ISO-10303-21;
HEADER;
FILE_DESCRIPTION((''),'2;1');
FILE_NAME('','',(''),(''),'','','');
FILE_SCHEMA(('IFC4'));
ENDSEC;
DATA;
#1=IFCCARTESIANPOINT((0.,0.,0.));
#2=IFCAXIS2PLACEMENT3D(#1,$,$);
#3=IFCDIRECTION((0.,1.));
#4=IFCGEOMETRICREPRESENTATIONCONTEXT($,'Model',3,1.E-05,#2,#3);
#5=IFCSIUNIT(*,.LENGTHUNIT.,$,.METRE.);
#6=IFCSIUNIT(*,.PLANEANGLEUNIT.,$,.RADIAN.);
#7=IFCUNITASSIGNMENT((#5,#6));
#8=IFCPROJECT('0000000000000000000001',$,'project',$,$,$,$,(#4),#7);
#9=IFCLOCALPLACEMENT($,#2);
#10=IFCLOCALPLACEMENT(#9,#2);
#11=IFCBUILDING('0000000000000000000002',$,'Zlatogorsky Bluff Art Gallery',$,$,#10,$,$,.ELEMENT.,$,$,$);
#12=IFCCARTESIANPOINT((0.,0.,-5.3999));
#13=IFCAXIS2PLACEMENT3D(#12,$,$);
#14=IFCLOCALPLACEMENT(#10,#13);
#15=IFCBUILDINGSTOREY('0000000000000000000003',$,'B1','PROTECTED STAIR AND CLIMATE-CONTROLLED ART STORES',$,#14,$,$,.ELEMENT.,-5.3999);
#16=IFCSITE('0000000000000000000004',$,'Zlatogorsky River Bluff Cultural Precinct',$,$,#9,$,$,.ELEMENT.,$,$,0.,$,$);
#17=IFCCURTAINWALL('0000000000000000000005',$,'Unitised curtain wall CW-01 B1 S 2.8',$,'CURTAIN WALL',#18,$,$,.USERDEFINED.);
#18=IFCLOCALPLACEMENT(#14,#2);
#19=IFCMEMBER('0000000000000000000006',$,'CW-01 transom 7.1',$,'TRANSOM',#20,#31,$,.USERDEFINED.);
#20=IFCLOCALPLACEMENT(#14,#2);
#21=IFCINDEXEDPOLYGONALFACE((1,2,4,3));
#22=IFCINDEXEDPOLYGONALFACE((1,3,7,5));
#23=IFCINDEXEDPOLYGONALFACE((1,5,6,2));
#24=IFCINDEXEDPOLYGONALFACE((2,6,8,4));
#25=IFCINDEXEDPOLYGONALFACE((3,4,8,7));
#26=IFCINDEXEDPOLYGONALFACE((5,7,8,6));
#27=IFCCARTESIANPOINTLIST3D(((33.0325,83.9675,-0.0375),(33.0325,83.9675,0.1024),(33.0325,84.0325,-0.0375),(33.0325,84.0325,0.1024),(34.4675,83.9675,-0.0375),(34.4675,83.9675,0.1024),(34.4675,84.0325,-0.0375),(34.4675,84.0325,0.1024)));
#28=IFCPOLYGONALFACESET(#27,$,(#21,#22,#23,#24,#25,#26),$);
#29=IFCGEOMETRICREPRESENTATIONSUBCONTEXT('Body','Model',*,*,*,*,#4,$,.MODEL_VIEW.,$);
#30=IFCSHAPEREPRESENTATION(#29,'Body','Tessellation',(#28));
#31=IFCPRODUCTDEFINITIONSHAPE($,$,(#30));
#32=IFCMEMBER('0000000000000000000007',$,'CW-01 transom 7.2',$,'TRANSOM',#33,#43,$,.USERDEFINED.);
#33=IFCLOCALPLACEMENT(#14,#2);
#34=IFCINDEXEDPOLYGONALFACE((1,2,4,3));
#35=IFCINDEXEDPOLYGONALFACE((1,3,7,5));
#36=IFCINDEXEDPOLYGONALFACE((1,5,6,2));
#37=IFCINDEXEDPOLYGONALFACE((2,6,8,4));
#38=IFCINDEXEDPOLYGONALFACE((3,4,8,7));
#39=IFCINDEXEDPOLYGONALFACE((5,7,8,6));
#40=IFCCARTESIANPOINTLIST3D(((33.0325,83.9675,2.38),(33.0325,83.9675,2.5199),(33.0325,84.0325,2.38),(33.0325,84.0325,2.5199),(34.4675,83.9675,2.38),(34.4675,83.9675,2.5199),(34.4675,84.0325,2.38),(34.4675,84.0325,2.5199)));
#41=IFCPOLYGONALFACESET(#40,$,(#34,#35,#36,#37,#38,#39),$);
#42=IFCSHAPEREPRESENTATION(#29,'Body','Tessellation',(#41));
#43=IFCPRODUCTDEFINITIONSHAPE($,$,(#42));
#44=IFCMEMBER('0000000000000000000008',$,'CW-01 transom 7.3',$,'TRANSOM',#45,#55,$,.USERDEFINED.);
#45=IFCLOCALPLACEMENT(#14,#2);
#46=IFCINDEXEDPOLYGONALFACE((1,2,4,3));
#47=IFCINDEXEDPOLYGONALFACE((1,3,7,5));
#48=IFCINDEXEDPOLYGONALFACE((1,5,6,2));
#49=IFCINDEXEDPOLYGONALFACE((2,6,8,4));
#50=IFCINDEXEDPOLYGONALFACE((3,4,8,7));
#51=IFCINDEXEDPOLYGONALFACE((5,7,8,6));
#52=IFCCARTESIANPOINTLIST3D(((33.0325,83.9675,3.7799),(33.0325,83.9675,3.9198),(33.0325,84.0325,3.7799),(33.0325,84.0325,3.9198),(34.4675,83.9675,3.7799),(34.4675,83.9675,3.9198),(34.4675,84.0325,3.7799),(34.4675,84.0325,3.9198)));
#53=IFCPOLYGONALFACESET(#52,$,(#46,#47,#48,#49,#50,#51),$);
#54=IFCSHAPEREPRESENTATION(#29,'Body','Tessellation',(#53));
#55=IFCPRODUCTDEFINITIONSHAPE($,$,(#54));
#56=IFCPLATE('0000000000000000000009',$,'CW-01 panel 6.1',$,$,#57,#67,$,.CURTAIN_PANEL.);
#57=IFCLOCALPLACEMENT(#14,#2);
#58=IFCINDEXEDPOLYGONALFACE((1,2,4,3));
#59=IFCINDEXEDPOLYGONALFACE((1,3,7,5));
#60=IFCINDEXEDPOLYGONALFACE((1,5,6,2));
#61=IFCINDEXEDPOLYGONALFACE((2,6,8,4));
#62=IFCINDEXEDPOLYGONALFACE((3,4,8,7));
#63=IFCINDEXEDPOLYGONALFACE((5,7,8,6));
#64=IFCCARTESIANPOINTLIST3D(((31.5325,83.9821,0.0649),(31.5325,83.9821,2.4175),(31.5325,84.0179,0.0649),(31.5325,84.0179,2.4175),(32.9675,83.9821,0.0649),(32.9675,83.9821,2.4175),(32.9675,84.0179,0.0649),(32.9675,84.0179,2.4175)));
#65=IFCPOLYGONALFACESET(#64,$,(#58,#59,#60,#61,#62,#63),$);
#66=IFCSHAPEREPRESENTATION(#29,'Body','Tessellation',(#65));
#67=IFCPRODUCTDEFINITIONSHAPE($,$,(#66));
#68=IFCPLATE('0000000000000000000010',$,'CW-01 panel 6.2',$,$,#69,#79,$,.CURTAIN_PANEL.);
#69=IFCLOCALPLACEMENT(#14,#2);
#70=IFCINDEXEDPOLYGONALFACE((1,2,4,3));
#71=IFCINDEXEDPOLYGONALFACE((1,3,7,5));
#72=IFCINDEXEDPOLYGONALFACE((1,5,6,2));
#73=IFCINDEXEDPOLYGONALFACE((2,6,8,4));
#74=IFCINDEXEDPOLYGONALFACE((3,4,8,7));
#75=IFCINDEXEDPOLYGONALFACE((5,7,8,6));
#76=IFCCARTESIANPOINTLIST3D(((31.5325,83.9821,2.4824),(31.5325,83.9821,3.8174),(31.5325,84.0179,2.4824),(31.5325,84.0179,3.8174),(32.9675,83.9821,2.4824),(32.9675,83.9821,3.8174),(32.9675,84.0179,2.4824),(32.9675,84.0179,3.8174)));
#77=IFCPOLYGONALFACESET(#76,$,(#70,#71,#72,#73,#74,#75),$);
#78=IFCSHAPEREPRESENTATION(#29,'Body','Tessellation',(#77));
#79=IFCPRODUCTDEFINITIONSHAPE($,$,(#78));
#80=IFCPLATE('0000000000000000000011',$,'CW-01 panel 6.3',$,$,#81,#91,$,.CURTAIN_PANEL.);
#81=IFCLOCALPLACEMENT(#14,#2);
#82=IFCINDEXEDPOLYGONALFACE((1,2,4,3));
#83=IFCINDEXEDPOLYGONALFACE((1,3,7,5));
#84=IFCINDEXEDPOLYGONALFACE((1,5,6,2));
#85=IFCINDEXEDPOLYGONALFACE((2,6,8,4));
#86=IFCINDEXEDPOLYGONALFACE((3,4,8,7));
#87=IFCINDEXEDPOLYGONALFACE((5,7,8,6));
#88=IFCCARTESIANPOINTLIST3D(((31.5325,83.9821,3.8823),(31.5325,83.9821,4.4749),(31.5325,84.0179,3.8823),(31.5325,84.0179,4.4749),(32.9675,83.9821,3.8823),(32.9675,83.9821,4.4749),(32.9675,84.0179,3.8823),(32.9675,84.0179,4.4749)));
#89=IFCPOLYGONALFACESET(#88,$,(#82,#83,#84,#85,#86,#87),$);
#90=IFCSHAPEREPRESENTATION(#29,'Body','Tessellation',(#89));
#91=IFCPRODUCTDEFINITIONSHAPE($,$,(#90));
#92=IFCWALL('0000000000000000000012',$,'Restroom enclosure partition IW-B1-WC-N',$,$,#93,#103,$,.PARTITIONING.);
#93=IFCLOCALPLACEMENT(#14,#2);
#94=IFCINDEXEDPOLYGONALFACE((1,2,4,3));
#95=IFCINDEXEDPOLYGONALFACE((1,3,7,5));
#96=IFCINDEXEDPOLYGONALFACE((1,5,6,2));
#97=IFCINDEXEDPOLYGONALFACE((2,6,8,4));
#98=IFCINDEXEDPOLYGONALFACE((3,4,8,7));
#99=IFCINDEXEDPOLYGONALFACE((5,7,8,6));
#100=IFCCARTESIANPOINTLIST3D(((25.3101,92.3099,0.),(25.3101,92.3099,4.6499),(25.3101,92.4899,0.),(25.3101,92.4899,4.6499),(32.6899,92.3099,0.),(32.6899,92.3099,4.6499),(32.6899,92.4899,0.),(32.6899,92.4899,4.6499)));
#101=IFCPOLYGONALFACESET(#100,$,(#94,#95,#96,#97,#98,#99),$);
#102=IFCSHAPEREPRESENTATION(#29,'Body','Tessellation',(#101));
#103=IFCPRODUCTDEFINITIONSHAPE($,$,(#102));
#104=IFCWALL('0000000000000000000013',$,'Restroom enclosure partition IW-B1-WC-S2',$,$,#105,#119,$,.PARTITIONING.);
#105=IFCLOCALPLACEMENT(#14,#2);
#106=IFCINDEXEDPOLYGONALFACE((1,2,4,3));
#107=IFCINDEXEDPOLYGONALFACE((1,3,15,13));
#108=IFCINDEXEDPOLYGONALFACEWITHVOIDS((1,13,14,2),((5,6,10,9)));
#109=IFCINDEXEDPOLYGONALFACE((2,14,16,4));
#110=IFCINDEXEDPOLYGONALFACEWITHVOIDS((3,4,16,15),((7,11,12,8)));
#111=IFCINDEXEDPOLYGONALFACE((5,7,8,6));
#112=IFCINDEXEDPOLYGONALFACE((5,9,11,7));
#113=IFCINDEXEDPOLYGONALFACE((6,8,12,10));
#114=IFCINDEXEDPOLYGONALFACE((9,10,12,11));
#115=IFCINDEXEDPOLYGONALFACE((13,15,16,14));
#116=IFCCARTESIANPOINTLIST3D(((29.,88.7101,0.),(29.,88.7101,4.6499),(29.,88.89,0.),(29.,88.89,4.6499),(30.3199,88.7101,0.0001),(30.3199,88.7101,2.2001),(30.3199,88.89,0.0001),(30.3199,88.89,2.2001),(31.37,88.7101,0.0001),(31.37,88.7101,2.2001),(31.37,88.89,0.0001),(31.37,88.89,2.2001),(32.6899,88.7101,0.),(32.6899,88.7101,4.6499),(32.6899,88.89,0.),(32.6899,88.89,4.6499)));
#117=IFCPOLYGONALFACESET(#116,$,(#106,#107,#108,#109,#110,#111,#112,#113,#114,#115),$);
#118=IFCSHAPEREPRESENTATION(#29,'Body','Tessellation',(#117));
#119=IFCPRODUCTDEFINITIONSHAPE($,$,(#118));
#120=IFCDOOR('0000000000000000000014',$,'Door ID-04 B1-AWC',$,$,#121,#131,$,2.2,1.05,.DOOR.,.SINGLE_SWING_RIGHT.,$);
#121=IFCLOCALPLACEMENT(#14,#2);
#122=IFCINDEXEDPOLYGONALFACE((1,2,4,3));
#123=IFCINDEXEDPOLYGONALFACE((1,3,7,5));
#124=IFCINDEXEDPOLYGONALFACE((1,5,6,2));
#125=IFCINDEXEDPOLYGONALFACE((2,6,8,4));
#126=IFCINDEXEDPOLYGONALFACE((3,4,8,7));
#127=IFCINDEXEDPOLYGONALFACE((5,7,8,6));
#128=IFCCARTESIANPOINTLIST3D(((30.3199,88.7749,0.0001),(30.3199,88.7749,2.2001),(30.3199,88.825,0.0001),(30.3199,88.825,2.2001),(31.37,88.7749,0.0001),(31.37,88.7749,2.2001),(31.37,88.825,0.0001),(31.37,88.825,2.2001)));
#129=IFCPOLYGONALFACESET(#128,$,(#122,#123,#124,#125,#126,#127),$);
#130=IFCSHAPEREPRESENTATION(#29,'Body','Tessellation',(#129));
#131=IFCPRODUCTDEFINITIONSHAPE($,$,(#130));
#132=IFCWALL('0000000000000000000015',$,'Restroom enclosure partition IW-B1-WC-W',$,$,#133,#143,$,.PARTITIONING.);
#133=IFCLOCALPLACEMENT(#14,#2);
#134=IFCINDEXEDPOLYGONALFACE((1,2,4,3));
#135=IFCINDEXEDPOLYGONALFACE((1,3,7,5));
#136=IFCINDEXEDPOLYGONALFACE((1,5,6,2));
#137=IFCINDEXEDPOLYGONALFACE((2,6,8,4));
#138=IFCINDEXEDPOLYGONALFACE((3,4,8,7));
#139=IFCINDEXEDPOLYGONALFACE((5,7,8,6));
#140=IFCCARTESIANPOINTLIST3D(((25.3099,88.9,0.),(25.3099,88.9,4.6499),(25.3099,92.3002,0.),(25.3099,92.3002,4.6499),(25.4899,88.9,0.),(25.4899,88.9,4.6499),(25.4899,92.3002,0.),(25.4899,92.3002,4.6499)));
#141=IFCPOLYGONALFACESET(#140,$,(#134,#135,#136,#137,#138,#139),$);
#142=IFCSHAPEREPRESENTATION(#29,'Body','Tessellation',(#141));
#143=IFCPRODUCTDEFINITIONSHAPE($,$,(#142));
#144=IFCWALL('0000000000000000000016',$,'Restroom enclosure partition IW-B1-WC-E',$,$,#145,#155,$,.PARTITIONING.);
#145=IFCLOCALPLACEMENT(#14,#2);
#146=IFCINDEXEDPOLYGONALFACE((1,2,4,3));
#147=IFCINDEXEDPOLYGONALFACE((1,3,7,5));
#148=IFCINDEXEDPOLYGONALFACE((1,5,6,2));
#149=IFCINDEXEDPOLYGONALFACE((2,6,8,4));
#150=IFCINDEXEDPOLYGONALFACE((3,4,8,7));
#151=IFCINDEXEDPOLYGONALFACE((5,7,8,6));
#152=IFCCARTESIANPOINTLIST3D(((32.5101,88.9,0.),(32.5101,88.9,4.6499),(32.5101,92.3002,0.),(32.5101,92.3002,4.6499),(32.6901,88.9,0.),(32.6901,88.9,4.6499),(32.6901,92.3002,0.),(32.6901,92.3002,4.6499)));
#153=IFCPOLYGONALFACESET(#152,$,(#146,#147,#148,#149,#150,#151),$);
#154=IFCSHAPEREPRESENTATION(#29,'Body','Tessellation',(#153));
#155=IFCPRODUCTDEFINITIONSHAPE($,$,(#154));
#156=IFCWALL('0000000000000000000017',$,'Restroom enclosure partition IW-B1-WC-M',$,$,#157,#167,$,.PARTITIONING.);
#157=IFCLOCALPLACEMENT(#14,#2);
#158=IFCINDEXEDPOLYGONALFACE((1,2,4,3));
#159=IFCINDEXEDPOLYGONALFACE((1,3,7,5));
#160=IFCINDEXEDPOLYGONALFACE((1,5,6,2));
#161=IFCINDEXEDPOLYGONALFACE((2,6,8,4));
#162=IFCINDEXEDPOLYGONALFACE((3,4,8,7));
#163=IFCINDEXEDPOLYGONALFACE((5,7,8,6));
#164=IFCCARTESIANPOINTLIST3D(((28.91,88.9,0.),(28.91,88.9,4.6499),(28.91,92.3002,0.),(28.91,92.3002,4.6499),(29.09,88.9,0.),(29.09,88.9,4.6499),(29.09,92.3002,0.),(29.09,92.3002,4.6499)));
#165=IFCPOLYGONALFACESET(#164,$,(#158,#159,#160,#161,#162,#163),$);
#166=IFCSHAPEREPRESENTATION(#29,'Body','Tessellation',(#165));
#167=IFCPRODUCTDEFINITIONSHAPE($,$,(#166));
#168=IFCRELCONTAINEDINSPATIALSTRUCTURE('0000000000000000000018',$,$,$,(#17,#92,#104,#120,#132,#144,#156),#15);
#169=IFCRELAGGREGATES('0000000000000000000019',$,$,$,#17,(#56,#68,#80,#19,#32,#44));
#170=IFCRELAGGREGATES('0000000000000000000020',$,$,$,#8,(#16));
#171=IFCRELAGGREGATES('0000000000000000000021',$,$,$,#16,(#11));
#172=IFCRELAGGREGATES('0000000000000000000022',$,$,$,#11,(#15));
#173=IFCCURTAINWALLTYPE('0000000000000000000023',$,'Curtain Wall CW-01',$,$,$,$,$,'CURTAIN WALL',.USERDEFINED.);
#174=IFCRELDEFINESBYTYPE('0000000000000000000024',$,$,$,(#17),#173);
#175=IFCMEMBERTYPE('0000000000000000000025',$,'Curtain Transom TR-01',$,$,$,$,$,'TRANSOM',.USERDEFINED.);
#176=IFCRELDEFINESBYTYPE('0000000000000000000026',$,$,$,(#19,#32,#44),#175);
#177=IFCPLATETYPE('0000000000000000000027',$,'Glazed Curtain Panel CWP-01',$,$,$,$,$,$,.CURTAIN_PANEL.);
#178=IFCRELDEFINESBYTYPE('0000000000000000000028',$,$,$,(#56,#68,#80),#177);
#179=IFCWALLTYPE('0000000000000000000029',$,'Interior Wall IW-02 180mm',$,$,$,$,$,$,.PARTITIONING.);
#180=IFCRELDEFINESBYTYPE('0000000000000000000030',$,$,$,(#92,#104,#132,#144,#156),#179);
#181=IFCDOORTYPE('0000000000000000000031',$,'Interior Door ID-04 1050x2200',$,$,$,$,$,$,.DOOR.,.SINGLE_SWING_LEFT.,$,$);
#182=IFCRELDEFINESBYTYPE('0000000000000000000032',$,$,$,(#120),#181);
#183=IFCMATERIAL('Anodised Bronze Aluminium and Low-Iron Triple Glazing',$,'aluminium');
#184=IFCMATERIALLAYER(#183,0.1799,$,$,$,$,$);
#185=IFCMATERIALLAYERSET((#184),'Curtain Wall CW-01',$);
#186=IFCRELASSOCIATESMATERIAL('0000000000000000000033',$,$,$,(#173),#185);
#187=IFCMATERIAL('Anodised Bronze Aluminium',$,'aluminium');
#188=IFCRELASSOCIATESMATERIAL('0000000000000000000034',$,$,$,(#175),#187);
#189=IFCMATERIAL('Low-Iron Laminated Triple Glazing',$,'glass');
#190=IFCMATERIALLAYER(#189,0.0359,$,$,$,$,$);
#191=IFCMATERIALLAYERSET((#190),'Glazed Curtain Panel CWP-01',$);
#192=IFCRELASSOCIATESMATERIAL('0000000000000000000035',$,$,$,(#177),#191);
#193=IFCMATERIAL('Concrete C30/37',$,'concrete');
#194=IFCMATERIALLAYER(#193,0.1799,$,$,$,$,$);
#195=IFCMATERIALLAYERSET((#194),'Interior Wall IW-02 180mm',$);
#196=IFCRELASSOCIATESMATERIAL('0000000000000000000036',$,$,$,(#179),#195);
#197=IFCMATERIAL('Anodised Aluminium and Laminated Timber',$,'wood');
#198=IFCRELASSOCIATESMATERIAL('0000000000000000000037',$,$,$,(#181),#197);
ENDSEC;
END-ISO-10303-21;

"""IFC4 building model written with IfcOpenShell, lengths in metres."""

from ifc_helpers import new_model, si_unit, direction, frame, frame_2d, origin, origin_2d, place, context, subcontext, project, spatial, rectangle, extrude, material, layer, layer_set, material_profile, profile_set, type_object, element, fill, aggregate, save


model = new_model("IFC4")

# Units and contexts
model_context = context("Model", 3, precision=1e-05, world=origin(), true_north=direction((0.0, 1.0)))
body_context = subcontext(model_context, "Body", "Model", "MODEL_VIEW")
ifc_project = project(units=[si_unit("LENGTHUNIT", "METRE"), si_unit("PLANEANGLEUNIT", "RADIAN")], contexts=[model_context])

# Site, building, storey
site_placement = place(None, origin())
site = spatial("IfcSite", under=ifc_project, at=site_placement, Name="Zlatogorsky River Bluff Cultural Precinct", CompositionType="ELEMENT", RefElevation=0.0)
building_placement = place(site_placement, origin())
building = spatial("IfcBuilding", under=site, at=building_placement, Name="Zlatogorsky Bluff Art Gallery", CompositionType="ELEMENT")
storey_placement = place(building_placement, frame((0.0, 0.0, -5.3999)))
storey = spatial("IfcBuildingStorey", under=building, at=storey_placement, Name="B1", Description="PROTECTED STAIR AND CLIMATE-CONTROLLED ART STORES", CompositionType="ELEMENT", Elevation=-5.3999)

# Curtain wall, members, plates
ifc_material_1 = material(Name="Anodised Bronze Aluminium and Low-Iron Triple Glazing", Category="aluminium")
ifc_layer_1 = layer(ifc_material_1, 0.1799)
ifc_layer_set_1 = layer_set([ifc_layer_1], Name="Curtain Wall CW-01")
curtain_wall_type = type_object("IfcCurtainWallType", Name="Curtain Wall CW-01", ElementType="CURTAIN WALL", PredefinedType="USERDEFINED", material=ifc_layer_set_1)
curtain_wall_placement = place(storey_placement, origin())
curtain_wall = element("IfcCurtainWall", 1, at=curtain_wall_placement, inside=storey, type_object=curtain_wall_type, Name="Unitised curtain wall CW-01 B1 S 2.8", ObjectType="CURTAIN WALL", PredefinedType="USERDEFINED")
ifc_material_2 = material(Name="Anodised Bronze Aluminium", Category="aluminium")
ifc_material_profile_1 = material_profile(ifc_material_2, rectangle(XDim=0.0649, YDim=0.1399, at=origin_2d()), Name="ALU TRANSOM 65x140")
ifc_profile_set_1 = profile_set([ifc_material_profile_1], Name="Anodised Bronze Aluminium")
member_type_1 = type_object("IfcMemberType", Name="Curtain Transom TR-01", ElementType="TRANSOM", PredefinedType="USERDEFINED", material=ifc_profile_set_1)
member_1_placement = place(storey_placement, frame((33.0325, 84.0, 0.0325), z_axis=(1.0, 0.0, 0.0), x_axis=(0.0, 1.0, 0.0)))
member_1 = element("IfcMember", 2, at=member_1_placement, type_object=member_type_1, Name="CW-01 transom 7.1", ObjectType="TRANSOM", PredefinedType="USERDEFINED", context=body_context, shape_type="SweptSolid", body=[
    extrude(rectangle(XDim=0.0649, YDim=0.1399, at=origin_2d()), origin(), (0.0, 0.0, 1.0), 1.4351),
])
member_2_placement = place(storey_placement, frame((33.0325, 84.0, 2.45), z_axis=(1.0, 0.0, 0.0), x_axis=(0.0, 1.0, 0.0)))
member_2 = element("IfcMember", 3, at=member_2_placement, type_object=member_type_1, Name="CW-01 transom 7.2", ObjectType="TRANSOM", PredefinedType="USERDEFINED", context=body_context, shape_type="SweptSolid", body=[
    extrude(rectangle(XDim=0.0649, YDim=0.1399, at=origin_2d()), origin(), (0.0, 0.0, 1.0), 1.4351),
])
member_3_placement = place(storey_placement, frame((33.0325, 84.0, 3.8499), z_axis=(1.0, 0.0, 0.0), x_axis=(0.0, 1.0, 0.0)))
member_3 = element("IfcMember", 4, at=member_3_placement, type_object=member_type_1, Name="CW-01 transom 7.3", ObjectType="TRANSOM", PredefinedType="USERDEFINED", context=body_context, shape_type="SweptSolid", body=[
    extrude(rectangle(XDim=0.0649, YDim=0.1399, at=origin_2d()), origin(), (0.0, 0.0, 1.0), 1.4351),
])
ifc_material_3 = material(Name="Low-Iron Laminated Triple Glazing", Category="glass")
ifc_layer_2 = layer(ifc_material_3, 0.0359)
ifc_layer_set_2 = layer_set([ifc_layer_2], Name="Glazed Curtain Panel CWP-01")
plate_type = type_object("IfcPlateType", Name="Glazed Curtain Panel CWP-01", PredefinedType="CURTAIN_PANEL", material=ifc_layer_set_2)
plate_1_placement = place(storey_placement, frame((32.25, 84.0, 0.0649), z_axis=(0.0, 0.0, 1.0), x_axis=(1.0, 0.0, 0.0)))
plate_1 = element("IfcPlate", 5, at=plate_1_placement, type_object=plate_type, Name="CW-01 panel 6.1", PredefinedType="CURTAIN_PANEL", context=body_context, shape_type="SweptSolid", body=[
    extrude(rectangle(XDim=1.4351, YDim=0.0359, at=origin_2d()), origin(), (0.0, 0.0, 1.0), 2.3525),
])
plate_2_placement = place(storey_placement, frame((32.25, 84.0, 2.4824), z_axis=(0.0, 0.0, 1.0), x_axis=(1.0, 0.0, 0.0)))
plate_2 = element("IfcPlate", 6, at=plate_2_placement, type_object=plate_type, Name="CW-01 panel 6.2", PredefinedType="CURTAIN_PANEL", context=body_context, shape_type="SweptSolid", body=[
    extrude(rectangle(XDim=1.4351, YDim=0.0359, at=origin_2d()), origin(), (0.0, 0.0, 1.0), 1.335),
])
plate_3_placement = place(storey_placement, frame((32.25, 84.0, 3.8823), z_axis=(0.0, 0.0, 1.0), x_axis=(1.0, 0.0, 0.0)))
plate_3 = element("IfcPlate", 7, at=plate_3_placement, type_object=plate_type, Name="CW-01 panel 6.3", PredefinedType="CURTAIN_PANEL", context=body_context, shape_type="SweptSolid", body=[
    extrude(rectangle(XDim=1.4351, YDim=0.0359, at=origin_2d()), origin(), (0.0, 0.0, 1.0), 0.5925),
])
aggregate(curtain_wall, [plate_1, plate_2, plate_3, member_1, member_2, member_3])

# Wall
ifc_material_4 = material(Name="Concrete C30/37", Category="concrete")
ifc_layer_3 = layer(ifc_material_4, 0.1799)
ifc_layer_set_3 = layer_set([ifc_layer_3], Name="Interior Wall IW-02 180mm")
wall_type_1 = type_object("IfcWallType", Name="Interior Wall IW-02 180mm", PredefinedType="PARTITIONING", material=ifc_layer_set_3)
wall_1_placement = place(storey_placement, frame((25.3101, 92.3999, 0.0), z_axis=(0.0, 0.0, 1.0), x_axis=(1.0, 0.0, 0.0)))
element("IfcWall", 8, at=wall_1_placement, inside=storey, type_object=wall_type_1, Name="Restroom enclosure partition IW-B1-WC-N", PredefinedType="PARTITIONING", context=body_context, shape_type="SweptSolid", body=[
    extrude(rectangle(XDim=7.3799, YDim=0.1799, at=frame_2d((3.6899, 0.0))), origin(), (0.0, 0.0, 1.0), 4.6499),
])

# Wall, opening, door
ifc_material_5 = material(Name="Anodised Aluminium and Laminated Timber", Category="wood")
wall_2_placement = place(storey_placement, frame((29.0, 88.8, 0.0), z_axis=(0.0, 0.0, 1.0), x_axis=(1.0, 0.0, 0.0)))
wall_2 = element("IfcWall", 9, at=wall_2_placement, inside=storey, type_object=wall_type_1, Name="Restroom enclosure partition IW-B1-WC-S2", PredefinedType="PARTITIONING", context=body_context, shape_type="SweptSolid", body=[
    extrude(rectangle(XDim=3.6899, YDim=0.1799, at=frame_2d((1.845, 0.0))), origin(), (0.0, 0.0, 1.0), 4.6499),
])
opening_1_placement = place(wall_2_placement, frame((1.3201, 0.0, 0.0)))
opening_1 = element("IfcOpeningElement", 10, at=opening_1_placement, cuts=wall_2, PredefinedType="OPENING", context=body_context, shape_type="SweptSolid", body=[
    extrude(rectangle(XDim=1.05, YDim=2.2, at=frame_2d((0.5249, 1.1001))), frame((0.0, 0.0999, 0.0), z_axis=(0.0, -1.0, 0.0), x_axis=(1.0, 0.0, 0.0)), (0.0, 0.0, 1.0), 0.2),
])
door_type_1 = type_object("IfcDoorType", Name="Interior Door ID-04 1050x2200", OperationType="SINGLE_SWING_LEFT", PredefinedType="DOOR", material=ifc_material_5)
door_1_placement = place(opening_1_placement, origin())
door_1 = element("IfcDoor", 11, at=door_1_placement, inside=storey, type_object=door_type_1, Name="Door ID-04 B1-AWC", OperationType="SINGLE_SWING_RIGHT", OverallHeight=2.2, OverallWidth=1.05, PredefinedType="DOOR", context=body_context, shape_type="SweptSolid", body=[
    extrude(rectangle(XDim=1.05, YDim=2.2, at=frame_2d((0.5249, 1.1001))), frame((0.0, 0.0249, 0.0), z_axis=(0.0, -1.0, 0.0), x_axis=(1.0, 0.0, 0.0)), (0.0, 0.0, 1.0), 0.05),
])
fill(opening_1, door_1)

# Walls
for number, where, z_axis, x_axis, name in (
    (12, (25.3999, 88.8999, 0.0), (0.0, 0.0, 1.0), (0.0, 1.0, 0.0), "Restroom enclosure partition IW-B1-WC-W"),
    (13, (32.6001, 88.8999, 0.0), (0.0, 0.0, 1.0), (0.0, 1.0, 0.0), "Restroom enclosure partition IW-B1-WC-E"),
    (14, (29.0, 88.8999, 0.0), (0.0, 0.0, 1.0), (0.0, 1.0, 0.0), "Restroom enclosure partition IW-B1-WC-M"),
):
    element("IfcWall", number, at=place(storey_placement, frame(where, z_axis=z_axis, x_axis=x_axis)), inside=storey, type_object=wall_type_1, Name=name, PredefinedType="PARTITIONING", context=body_context, shape_type="SweptSolid", body=[
        extrude(rectangle(XDim=3.4001, YDim=0.1799, at=frame_2d((1.7002, 0.0))), origin(), (0.0, 0.0, 1.0), 4.6499),
    ])

save(model, "model.ifc")
